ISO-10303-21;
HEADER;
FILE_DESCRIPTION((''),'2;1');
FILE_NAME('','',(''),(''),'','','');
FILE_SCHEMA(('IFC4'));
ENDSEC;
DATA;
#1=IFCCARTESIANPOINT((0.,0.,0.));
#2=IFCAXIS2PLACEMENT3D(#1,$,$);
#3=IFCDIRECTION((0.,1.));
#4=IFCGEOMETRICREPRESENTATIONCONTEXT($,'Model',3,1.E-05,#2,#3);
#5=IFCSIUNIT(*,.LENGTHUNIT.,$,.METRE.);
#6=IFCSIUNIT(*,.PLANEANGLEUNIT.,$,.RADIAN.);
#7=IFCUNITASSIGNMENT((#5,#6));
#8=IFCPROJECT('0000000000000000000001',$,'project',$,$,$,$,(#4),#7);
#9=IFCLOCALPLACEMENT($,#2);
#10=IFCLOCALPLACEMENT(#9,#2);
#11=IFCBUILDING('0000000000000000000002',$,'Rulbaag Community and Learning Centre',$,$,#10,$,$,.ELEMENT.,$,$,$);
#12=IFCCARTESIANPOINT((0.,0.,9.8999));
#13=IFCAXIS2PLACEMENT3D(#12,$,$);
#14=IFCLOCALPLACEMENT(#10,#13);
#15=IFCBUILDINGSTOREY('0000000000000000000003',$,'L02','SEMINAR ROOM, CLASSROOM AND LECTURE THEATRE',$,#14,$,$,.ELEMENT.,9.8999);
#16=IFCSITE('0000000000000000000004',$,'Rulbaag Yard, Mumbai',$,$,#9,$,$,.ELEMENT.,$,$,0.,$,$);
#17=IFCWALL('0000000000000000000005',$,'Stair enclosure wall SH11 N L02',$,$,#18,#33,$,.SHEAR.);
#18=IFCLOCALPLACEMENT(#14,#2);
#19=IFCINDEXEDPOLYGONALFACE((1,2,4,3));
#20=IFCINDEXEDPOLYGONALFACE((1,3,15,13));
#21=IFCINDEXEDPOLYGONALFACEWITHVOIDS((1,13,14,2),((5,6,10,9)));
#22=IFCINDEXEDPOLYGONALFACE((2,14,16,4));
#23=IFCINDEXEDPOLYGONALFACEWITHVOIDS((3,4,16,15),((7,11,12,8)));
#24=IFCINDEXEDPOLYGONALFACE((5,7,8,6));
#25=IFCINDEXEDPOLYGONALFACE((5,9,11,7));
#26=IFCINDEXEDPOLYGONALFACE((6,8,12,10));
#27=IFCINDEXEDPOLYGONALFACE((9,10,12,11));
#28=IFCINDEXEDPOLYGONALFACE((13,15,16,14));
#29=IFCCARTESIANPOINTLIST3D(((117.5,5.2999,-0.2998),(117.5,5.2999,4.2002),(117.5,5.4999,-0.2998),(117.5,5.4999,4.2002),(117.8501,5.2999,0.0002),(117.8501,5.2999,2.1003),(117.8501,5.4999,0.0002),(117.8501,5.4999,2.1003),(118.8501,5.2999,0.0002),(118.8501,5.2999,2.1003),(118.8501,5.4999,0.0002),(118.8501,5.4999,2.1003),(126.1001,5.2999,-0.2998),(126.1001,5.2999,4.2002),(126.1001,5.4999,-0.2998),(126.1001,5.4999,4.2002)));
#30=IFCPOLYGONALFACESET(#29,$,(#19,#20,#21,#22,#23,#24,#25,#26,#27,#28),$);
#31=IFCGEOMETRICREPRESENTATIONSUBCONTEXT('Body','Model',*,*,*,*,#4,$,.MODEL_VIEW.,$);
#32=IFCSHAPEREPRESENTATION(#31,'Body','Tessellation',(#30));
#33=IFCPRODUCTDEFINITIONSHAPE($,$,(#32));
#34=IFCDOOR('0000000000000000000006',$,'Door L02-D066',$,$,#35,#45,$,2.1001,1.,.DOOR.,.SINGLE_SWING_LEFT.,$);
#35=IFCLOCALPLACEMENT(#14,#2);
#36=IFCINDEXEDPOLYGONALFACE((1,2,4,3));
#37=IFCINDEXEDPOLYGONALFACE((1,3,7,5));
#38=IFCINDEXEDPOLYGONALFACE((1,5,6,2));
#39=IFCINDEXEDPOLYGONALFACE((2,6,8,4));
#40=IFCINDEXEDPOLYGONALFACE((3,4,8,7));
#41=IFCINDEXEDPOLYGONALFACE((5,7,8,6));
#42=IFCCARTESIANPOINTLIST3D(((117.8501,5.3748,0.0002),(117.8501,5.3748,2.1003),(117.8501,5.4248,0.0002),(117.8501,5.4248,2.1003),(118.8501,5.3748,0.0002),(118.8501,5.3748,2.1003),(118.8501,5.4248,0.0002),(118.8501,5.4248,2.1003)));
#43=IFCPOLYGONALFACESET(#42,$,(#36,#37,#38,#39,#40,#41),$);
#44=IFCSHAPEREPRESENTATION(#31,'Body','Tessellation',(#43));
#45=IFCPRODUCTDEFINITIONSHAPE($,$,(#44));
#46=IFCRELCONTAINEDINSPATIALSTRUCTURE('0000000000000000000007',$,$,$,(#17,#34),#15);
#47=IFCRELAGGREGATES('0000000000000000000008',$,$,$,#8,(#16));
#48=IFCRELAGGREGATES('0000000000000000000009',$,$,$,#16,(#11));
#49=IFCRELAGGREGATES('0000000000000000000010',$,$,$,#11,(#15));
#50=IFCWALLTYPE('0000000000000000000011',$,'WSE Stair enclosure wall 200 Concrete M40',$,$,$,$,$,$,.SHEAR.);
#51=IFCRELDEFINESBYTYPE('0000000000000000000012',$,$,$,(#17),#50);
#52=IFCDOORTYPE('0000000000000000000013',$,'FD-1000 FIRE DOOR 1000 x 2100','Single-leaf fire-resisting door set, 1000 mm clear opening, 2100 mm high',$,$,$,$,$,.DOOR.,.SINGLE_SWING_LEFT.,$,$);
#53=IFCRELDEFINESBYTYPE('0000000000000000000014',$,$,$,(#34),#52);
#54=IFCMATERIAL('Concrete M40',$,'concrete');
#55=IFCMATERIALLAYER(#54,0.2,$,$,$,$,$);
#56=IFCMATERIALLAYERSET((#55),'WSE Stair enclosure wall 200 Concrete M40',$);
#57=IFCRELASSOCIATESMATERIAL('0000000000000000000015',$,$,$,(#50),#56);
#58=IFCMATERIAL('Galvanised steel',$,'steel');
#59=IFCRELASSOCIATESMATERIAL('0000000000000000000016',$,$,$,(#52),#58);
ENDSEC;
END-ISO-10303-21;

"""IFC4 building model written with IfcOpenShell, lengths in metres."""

from ifc_helpers import new_model, si_unit, direction, frame, frame_2d, origin, place, context, subcontext, project, spatial, rectangle, extrude, material, layer, layer_set, type_object, element, fill, save


model = new_model("IFC4")

# Units and contexts
model_context = context("Model", 3, precision=1e-05, world=origin(), true_north=direction((0.0, 1.0)))
body_context = subcontext(model_context, "Body", "Model", "MODEL_VIEW")
ifc_project = project(units=[si_unit("LENGTHUNIT", "METRE"), si_unit("PLANEANGLEUNIT", "RADIAN")], contexts=[model_context])

# Site, building, storey
site_placement = place(None, origin())
site = spatial("IfcSite", under=ifc_project, at=site_placement, Name="Rulbaag Yard, Mumbai", CompositionType="ELEMENT", RefElevation=0.0)
building_placement = place(site_placement, origin())
building = spatial("IfcBuilding", under=site, at=building_placement, Name="Rulbaag Community and Learning Centre", CompositionType="ELEMENT")
storey_placement = place(building_placement, frame((0.0, 0.0, 9.8999)))
storey = spatial("IfcBuildingStorey", under=building, at=storey_placement, Name="L02", Description="SEMINAR ROOM, CLASSROOM AND LECTURE THEATRE", CompositionType="ELEMENT", Elevation=9.8999)

# Shared definitions
ifc_material_1 = material(Name="Concrete M40", Category="concrete")

# Wall, opening, door
ifc_layer_1 = layer(ifc_material_1, 0.2)
ifc_layer_set_1 = layer_set([ifc_layer_1], Name="WSE Stair enclosure wall 200 Concrete M40")
wall_type_1 = type_object("IfcWallType", Name="WSE Stair enclosure wall 200 Concrete M40", PredefinedType="SHEAR", material=ifc_layer_set_1)
wall_1_placement = place(storey_placement, frame((117.5, 5.3999, -0.2998), z_axis=(0.0, 0.0, 1.0), x_axis=(1.0, 0.0, 0.0)))
wall_1 = element("IfcWall", 1, at=wall_1_placement, inside=storey, type_object=wall_type_1, Name="Stair enclosure wall SH11 N L02", PredefinedType="SHEAR", context=body_context, shape_type="SweptSolid", body=[
    extrude(rectangle(XDim=8.6001, YDim=0.2, at=frame_2d((4.3, 0.0))), origin(), (0.0, 0.0, 1.0), 4.5),
])
opening_1_placement = place(wall_1_placement, frame((0.3501, 0.0, 0.3)))
opening_1 = element("IfcOpeningElement", 2, at=opening_1_placement, cuts=wall_1, PredefinedType="OPENING", context=body_context, shape_type="SweptSolid", body=[
    extrude(rectangle(XDim=1.0, YDim=2.1001, at=frame_2d((0.5, 1.05))), frame((0.0, 0.1099, 0.0), z_axis=(0.0, -1.0, 0.0), x_axis=(1.0, 0.0, 0.0)), (0.0, 0.0, 1.0), 0.22),
])
ifc_material_2 = material(Name="Galvanised steel", Category="steel")
door_type_1 = type_object("IfcDoorType", Name="FD-1000 FIRE DOOR 1000 x 2100", Description="Single-leaf fire-resisting door set, 1000 mm clear opening, 2100 mm high", OperationType="SINGLE_SWING_LEFT", PredefinedType="DOOR", material=ifc_material_2)
door_1_placement = place(opening_1_placement, origin())
door_1 = element("IfcDoor", 3, at=door_1_placement, inside=storey, type_object=door_type_1, Name="Door L02-D066", OperationType="SINGLE_SWING_LEFT", OverallHeight=2.1001, OverallWidth=1.0, PredefinedType="DOOR", context=body_context, shape_type="SweptSolid", body=[
    extrude(rectangle(XDim=1.0, YDim=2.1001, at=frame_2d((0.5, 1.05))), frame((0.0, 0.0249, 0.0), z_axis=(0.0, -1.0, 0.0), x_axis=(1.0, 0.0, 0.0)), (0.0, 0.0, 1.0), 0.05),
])
fill(opening_1, door_1)

save(model, "model.ifc")
